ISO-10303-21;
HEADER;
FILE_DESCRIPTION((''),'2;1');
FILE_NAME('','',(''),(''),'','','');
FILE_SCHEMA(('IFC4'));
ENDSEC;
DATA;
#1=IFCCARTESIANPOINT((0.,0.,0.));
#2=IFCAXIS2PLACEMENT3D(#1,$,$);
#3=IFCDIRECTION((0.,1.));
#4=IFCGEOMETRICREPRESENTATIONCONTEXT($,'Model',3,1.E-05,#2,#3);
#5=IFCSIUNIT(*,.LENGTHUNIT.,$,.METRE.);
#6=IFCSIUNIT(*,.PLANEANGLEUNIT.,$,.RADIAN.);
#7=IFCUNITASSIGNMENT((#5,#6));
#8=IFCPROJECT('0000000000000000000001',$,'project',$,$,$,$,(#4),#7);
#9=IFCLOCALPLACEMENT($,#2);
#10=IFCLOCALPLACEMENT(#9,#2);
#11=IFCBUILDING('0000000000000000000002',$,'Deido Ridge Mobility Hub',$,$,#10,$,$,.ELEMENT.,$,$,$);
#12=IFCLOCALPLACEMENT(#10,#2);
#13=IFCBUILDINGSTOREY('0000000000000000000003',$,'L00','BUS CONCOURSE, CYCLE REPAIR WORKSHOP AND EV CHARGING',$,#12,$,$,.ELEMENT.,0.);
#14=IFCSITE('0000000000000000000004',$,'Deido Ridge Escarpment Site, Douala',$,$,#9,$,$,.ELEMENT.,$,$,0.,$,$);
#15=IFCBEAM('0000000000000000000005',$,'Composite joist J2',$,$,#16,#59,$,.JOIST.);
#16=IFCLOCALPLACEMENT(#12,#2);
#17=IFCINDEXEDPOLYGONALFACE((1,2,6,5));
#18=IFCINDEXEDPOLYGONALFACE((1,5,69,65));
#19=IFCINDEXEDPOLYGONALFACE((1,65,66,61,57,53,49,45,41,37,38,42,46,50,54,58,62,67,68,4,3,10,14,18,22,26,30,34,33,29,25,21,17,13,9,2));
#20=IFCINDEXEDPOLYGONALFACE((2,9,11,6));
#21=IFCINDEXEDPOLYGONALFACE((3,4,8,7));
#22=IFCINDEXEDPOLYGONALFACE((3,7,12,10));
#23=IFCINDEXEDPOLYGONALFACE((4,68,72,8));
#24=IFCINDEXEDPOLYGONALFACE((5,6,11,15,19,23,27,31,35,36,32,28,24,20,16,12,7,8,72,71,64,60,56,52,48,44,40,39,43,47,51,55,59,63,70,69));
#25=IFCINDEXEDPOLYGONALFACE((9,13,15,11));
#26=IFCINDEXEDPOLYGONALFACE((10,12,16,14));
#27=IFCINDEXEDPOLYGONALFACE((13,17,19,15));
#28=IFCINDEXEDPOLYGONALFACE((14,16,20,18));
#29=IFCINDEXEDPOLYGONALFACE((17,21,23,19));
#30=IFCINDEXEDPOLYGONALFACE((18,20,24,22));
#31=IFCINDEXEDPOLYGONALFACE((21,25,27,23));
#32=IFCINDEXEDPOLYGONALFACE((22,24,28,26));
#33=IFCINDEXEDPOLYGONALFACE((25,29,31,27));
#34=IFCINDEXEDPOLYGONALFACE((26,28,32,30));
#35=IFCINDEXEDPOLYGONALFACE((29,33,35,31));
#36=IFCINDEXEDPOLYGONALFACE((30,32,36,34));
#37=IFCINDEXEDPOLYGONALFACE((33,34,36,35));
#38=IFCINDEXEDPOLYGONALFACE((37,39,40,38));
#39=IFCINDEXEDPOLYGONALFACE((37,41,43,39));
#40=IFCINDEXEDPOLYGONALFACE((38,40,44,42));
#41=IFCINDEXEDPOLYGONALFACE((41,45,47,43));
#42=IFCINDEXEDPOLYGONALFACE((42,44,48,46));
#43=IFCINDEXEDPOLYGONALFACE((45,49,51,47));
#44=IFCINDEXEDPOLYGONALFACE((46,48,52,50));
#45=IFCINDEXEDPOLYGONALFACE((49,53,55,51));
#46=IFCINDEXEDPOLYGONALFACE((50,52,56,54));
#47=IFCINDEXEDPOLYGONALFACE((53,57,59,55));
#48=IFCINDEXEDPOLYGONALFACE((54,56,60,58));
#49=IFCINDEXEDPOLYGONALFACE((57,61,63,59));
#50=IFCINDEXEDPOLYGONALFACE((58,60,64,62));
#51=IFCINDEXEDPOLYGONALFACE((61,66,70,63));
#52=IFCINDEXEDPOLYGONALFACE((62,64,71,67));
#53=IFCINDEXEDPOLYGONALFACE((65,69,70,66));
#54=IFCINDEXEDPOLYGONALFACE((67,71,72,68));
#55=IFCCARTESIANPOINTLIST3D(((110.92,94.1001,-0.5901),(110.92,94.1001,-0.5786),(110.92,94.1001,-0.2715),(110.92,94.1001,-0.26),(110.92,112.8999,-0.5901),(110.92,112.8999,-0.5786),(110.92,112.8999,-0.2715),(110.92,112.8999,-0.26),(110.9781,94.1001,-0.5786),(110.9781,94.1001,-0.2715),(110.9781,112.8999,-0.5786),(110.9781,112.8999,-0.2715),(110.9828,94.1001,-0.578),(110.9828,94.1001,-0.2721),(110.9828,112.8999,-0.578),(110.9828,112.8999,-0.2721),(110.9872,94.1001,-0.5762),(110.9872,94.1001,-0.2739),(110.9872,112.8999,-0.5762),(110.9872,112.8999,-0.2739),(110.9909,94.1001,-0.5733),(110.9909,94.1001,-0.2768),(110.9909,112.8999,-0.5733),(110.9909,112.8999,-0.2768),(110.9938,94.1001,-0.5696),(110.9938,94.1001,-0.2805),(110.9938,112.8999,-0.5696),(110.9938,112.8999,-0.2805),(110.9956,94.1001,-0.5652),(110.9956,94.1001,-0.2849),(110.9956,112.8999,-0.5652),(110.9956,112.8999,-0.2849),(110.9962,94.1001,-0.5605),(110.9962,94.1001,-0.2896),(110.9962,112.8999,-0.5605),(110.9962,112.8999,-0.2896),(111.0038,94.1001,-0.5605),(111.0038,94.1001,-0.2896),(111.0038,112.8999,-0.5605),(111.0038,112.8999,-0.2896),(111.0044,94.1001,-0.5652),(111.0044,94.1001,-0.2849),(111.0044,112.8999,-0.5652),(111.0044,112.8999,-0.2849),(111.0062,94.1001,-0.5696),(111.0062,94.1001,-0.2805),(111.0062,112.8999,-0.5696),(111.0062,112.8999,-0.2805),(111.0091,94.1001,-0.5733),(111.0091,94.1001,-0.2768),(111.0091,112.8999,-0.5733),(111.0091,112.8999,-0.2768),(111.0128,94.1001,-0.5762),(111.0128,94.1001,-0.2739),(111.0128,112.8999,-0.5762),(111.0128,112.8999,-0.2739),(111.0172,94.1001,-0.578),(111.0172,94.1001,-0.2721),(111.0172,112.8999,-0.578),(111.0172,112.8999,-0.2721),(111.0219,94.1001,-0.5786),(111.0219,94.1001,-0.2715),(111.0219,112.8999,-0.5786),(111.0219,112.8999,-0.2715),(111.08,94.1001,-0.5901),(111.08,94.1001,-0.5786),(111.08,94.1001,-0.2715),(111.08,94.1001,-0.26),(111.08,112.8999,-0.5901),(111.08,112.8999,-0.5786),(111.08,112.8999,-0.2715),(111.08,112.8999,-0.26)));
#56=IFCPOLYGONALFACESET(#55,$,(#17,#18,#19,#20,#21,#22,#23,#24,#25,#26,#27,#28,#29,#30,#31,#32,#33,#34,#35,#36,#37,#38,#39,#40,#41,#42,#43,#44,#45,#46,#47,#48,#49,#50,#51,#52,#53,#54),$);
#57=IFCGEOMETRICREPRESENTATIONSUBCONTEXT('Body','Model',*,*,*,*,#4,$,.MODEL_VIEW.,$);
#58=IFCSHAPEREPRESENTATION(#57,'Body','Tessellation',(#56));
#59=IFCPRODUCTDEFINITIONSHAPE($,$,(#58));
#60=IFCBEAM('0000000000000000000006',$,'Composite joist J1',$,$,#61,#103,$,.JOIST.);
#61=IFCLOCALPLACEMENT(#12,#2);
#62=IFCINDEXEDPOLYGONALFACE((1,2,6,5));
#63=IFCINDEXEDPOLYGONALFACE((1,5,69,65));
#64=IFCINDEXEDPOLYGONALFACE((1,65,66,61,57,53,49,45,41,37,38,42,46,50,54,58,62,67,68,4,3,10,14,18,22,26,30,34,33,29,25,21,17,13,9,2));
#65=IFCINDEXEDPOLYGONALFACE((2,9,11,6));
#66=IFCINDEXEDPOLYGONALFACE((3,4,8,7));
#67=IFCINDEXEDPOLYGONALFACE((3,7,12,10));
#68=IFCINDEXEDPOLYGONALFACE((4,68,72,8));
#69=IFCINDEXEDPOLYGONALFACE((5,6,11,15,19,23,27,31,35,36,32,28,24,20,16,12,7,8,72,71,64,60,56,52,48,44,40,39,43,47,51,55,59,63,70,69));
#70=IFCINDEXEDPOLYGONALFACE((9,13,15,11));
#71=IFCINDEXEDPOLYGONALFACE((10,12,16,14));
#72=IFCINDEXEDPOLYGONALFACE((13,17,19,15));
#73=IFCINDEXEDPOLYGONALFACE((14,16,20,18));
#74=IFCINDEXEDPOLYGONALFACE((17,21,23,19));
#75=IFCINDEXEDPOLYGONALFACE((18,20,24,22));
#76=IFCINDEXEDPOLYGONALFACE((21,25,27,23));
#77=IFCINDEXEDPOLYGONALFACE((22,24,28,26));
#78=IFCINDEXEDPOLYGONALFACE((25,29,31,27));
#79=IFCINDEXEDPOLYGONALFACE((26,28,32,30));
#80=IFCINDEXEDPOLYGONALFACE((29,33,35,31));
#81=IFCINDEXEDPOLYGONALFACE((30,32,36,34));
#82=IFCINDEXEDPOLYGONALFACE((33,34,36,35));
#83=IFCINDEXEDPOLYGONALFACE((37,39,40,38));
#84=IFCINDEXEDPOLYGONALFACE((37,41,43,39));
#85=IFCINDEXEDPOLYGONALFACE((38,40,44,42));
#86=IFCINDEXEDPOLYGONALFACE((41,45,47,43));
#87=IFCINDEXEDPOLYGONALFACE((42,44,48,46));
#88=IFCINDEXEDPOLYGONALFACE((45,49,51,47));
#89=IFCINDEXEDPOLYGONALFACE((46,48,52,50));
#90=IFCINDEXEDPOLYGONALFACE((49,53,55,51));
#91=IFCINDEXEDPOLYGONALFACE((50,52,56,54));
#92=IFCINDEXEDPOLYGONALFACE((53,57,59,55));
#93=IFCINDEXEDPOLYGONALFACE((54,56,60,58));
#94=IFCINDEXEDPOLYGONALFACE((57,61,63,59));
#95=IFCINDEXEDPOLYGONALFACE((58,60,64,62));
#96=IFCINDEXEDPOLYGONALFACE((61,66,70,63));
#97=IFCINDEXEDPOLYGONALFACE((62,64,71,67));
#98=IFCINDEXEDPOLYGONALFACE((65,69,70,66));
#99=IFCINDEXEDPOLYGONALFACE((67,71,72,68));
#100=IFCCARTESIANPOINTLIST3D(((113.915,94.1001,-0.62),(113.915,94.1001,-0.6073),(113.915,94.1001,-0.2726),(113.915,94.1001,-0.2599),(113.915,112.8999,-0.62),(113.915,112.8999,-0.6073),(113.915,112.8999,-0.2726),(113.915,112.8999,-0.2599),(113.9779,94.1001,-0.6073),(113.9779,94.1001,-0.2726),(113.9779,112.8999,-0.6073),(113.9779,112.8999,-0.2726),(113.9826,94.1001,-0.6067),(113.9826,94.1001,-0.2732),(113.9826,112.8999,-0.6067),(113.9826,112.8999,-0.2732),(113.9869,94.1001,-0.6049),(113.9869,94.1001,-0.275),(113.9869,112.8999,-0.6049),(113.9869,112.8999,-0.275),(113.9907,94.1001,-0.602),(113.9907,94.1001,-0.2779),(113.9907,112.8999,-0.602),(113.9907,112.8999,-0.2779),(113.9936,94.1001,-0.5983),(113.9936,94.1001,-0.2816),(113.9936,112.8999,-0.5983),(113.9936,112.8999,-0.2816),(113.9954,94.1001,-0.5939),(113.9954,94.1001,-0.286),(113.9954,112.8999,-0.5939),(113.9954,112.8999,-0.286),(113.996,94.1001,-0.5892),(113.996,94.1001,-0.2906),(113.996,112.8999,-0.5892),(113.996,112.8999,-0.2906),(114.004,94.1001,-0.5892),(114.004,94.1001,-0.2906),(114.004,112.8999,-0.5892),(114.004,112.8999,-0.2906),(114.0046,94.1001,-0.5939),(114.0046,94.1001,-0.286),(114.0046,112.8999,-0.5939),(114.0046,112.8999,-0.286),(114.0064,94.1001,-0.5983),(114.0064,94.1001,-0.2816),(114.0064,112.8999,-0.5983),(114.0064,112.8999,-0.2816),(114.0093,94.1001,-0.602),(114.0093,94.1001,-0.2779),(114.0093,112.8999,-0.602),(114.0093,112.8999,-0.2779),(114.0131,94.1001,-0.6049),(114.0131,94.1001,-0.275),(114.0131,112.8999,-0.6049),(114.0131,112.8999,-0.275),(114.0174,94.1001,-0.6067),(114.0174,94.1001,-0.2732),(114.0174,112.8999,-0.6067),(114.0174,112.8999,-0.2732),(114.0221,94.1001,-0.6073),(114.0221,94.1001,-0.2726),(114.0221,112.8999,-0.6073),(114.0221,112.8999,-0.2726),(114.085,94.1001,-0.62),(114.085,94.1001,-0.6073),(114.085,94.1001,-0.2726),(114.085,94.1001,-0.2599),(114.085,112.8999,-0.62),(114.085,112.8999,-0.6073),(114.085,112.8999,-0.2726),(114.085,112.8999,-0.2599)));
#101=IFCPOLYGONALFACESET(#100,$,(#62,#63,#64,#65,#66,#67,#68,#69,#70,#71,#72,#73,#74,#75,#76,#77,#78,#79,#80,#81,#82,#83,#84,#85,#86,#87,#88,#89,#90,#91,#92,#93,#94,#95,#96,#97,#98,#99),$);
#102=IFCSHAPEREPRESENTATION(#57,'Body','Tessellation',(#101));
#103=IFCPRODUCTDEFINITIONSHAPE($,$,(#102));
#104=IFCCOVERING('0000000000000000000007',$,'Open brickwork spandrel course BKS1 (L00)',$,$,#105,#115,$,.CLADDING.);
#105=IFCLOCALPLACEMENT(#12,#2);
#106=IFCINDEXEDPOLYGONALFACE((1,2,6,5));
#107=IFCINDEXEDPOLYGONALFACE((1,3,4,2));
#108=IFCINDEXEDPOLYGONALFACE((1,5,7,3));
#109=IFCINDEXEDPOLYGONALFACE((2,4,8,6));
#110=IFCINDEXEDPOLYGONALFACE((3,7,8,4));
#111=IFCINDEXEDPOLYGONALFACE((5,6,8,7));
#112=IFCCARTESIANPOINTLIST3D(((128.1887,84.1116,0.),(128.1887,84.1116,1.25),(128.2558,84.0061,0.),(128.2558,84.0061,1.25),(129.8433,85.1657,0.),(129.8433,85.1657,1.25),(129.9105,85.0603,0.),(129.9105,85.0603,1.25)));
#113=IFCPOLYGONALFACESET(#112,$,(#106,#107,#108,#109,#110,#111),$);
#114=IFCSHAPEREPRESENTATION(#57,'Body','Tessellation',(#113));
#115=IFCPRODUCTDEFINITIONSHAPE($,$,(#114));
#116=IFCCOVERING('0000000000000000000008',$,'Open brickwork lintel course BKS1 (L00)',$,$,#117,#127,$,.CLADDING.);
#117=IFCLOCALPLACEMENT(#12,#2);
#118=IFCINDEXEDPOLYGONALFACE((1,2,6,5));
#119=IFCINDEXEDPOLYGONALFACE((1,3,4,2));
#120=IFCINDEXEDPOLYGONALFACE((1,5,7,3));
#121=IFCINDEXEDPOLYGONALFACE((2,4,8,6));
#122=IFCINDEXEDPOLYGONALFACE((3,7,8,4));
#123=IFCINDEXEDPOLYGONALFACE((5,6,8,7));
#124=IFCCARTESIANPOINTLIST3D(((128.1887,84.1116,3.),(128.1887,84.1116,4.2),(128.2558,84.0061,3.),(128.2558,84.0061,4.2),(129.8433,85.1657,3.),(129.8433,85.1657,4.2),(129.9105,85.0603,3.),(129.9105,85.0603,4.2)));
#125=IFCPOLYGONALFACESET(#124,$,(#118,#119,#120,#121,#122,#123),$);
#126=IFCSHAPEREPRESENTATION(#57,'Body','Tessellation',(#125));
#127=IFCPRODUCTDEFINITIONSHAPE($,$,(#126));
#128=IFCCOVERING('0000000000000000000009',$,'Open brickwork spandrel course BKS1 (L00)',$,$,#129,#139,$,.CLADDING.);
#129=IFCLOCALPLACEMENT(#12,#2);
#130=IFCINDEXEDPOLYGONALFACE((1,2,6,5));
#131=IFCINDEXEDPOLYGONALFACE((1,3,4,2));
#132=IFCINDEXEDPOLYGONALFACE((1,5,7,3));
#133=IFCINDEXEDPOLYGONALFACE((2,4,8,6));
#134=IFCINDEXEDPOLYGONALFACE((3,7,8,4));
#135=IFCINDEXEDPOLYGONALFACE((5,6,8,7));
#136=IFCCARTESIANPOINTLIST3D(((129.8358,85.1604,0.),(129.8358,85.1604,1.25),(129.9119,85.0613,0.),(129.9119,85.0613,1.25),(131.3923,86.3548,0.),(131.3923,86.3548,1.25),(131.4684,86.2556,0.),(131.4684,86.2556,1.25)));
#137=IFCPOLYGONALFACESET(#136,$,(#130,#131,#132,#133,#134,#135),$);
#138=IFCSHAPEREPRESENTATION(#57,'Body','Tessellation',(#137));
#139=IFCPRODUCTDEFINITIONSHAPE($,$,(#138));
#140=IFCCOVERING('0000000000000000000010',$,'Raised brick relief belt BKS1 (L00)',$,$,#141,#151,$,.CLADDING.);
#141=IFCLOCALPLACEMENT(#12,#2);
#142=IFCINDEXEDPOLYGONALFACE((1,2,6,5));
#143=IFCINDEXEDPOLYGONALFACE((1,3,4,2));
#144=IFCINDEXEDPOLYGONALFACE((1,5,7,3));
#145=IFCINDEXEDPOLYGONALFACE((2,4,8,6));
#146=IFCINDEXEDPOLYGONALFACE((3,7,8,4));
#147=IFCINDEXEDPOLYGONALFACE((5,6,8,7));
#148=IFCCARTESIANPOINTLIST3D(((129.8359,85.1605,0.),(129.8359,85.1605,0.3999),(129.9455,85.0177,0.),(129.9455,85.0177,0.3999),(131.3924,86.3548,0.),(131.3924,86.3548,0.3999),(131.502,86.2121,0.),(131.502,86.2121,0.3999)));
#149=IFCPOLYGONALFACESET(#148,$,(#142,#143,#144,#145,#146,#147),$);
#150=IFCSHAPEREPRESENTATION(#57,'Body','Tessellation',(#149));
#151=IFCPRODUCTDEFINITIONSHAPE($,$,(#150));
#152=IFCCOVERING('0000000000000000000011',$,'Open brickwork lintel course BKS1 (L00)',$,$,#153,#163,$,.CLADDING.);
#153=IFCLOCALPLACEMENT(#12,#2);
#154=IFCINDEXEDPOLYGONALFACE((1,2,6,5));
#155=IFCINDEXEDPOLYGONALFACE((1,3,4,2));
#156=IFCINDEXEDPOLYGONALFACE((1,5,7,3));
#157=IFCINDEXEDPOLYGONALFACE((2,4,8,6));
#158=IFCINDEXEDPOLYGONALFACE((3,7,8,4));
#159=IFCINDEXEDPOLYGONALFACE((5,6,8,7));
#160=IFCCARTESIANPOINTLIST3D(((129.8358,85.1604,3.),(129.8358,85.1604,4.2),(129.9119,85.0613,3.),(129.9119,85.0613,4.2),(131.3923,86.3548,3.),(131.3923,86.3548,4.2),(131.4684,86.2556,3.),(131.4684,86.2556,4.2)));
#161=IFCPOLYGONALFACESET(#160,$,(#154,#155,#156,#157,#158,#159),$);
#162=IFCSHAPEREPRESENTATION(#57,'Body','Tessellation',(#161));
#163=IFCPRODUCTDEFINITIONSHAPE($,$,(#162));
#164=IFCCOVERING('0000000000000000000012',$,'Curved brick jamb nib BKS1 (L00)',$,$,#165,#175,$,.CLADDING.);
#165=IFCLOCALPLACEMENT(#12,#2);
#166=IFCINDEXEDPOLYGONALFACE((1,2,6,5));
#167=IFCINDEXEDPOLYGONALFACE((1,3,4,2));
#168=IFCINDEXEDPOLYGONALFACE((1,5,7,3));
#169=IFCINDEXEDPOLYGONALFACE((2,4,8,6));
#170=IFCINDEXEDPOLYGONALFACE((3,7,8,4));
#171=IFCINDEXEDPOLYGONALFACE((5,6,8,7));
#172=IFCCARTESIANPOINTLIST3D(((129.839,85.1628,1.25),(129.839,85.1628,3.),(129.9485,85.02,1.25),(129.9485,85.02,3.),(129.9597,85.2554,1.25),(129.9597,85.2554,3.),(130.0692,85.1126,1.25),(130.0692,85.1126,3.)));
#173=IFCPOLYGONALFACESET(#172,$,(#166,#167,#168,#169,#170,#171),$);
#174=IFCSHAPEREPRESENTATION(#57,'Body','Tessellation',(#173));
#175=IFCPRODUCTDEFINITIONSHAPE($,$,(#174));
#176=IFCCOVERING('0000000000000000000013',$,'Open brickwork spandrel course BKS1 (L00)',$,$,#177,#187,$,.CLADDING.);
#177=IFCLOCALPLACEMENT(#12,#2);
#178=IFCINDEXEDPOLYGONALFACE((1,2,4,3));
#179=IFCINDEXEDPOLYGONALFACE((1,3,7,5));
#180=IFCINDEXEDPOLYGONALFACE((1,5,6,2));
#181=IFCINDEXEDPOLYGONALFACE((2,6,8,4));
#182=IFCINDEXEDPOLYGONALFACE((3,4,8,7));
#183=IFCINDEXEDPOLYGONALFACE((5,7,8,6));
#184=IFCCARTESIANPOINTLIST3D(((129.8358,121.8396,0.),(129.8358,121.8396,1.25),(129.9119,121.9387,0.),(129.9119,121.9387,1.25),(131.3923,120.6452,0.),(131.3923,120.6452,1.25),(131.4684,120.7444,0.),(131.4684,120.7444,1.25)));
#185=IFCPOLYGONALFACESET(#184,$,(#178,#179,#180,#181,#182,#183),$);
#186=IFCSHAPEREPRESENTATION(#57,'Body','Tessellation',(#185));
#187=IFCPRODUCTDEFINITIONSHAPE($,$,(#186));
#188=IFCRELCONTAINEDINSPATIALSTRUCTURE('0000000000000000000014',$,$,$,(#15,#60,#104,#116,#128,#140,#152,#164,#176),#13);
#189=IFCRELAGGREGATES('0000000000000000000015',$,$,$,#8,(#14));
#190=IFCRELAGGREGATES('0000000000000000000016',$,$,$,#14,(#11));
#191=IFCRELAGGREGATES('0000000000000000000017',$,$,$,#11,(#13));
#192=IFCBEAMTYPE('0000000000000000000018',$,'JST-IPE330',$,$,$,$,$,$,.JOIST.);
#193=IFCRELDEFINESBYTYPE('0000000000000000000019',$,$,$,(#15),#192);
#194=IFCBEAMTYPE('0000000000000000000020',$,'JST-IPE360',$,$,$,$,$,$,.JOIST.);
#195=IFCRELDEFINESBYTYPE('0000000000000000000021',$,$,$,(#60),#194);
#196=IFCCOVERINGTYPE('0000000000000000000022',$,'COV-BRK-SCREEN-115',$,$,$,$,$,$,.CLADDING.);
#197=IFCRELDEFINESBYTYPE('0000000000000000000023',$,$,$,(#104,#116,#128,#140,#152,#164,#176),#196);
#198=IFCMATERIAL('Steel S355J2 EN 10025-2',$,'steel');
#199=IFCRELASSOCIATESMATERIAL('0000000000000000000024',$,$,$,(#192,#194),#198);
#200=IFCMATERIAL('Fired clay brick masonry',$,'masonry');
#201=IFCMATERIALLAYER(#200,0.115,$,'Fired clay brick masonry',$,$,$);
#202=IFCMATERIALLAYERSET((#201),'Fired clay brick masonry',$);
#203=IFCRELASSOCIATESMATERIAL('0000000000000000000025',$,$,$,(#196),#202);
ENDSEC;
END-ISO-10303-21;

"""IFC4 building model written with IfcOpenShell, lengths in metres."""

from ifc_helpers import new_model, si_unit, direction, frame, origin, origin_2d, place, context, subcontext, project, spatial, rectangle, i_section, extrude, material, layer, layer_set, material_profile, profile_set, type_object, element, save


model = new_model("IFC4")

# Units and contexts
model_context = context("Model", 3, precision=1e-05, world=origin(), true_north=direction((0.0, 1.0)))
body_context = subcontext(model_context, "Body", "Model", "MODEL_VIEW")
ifc_project = project(units=[si_unit("LENGTHUNIT", "METRE"), si_unit("PLANEANGLEUNIT", "RADIAN")], contexts=[model_context])

# Site, building, storey
site_placement = place(None, origin())
site = spatial("IfcSite", under=ifc_project, at=site_placement, Name="Deido Ridge Escarpment Site, Douala", CompositionType="ELEMENT", RefElevation=0.0)
building_placement = place(site_placement, origin())
building = spatial("IfcBuilding", under=site, at=building_placement, Name="Deido Ridge Mobility Hub", CompositionType="ELEMENT")
storey_placement = place(building_placement, origin())
storey = spatial("IfcBuildingStorey", under=building, at=storey_placement, Name="L00", Description="BUS CONCOURSE, CYCLE REPAIR WORKSHOP AND EV CHARGING", CompositionType="ELEMENT", Elevation=0.0)

# Shared definitions
ifc_material_1 = material(Name="Steel S355J2 EN 10025-2", Category="steel")

# Beams
ifc_material_profile_1 = material_profile(ifc_material_1, i_section(OverallWidth=0.1599, OverallDepth=0.3301, WebThickness=0.0076, FlangeThickness=0.0115, FilletRadius=0.0181, at=origin_2d()), Name="IPE 330")
ifc_profile_set_1 = profile_set([ifc_material_profile_1], Name="Steel S355J2 EN 10025-2")
beam_type_1 = type_object("IfcBeamType", Name="JST-IPE330", PredefinedType="JOIST", material=ifc_profile_set_1)
beam_1_placement = place(storey_placement, frame((111.0, 94.1001, -0.425), z_axis=(0.0, 1.0, 0.0), x_axis=(-1.0, 0.0, 0.0)))
element("IfcBeam", 1, at=beam_1_placement, inside=storey, type_object=beam_type_1, Name="Composite joist J2", PredefinedType="JOIST", context=body_context, shape_type="SweptSolid", body=[
    extrude(i_section(OverallWidth=0.1599, OverallDepth=0.3301, WebThickness=0.0076, FlangeThickness=0.0115, FilletRadius=0.0181, at=origin_2d()), origin(), (0.0, 0.0, 1.0), 18.7998),
])
ifc_material_profile_2 = material_profile(ifc_material_1, i_section(OverallWidth=0.1699, OverallDepth=0.3601, WebThickness=0.0081, FlangeThickness=0.0127, FilletRadius=0.0181, at=origin_2d()), Name="IPE 360")
ifc_profile_set_2 = profile_set([ifc_material_profile_2], Name="Steel S355J2 EN 10025-2")
beam_type_2 = type_object("IfcBeamType", Name="JST-IPE360", PredefinedType="JOIST", material=ifc_profile_set_2)
beam_2_placement = place(storey_placement, frame((114.0, 94.1001, -0.4399), z_axis=(0.0, 1.0, 0.0), x_axis=(-1.0, 0.0, 0.0)))
element("IfcBeam", 2, at=beam_2_placement, inside=storey, type_object=beam_type_2, Name="Composite joist J1", PredefinedType="JOIST", context=body_context, shape_type="SweptSolid", body=[
    extrude(i_section(OverallWidth=0.1699, OverallDepth=0.3601, WebThickness=0.0081, FlangeThickness=0.0127, FilletRadius=0.0181, at=origin_2d()), origin(), (0.0, 0.0, 1.0), 18.7998),
])

# Coverings
ifc_material_2 = material(Name="Fired clay brick masonry", Category="masonry")
ifc_layer = layer(ifc_material_2, 0.115, Name="Fired clay brick masonry")
ifc_layer_set = layer_set([ifc_layer], Name="Fired clay brick masonry")
covering_type = type_object("IfcCoveringType", Name="COV-BRK-SCREEN-115", PredefinedType="CLADDING", material=ifc_layer_set)
covering_1_placement = place(storey_placement, frame((129.0496, 84.5859, 0.0), z_axis=(0.0, 0.0, 1.0), x_axis=(0.843382, 0.537314, 0.0)))
element("IfcCovering", 3, at=covering_1_placement, inside=storey, type_object=covering_type, Name="Open brickwork spandrel course BKS1 (L00)", PredefinedType="CLADDING", context=body_context, shape_type="SweptSolid", body=[
    extrude(rectangle(XDim=1.9619, YDim=0.125, at=origin_2d()), origin(), (0.0, 0.0, 1.0), 1.25),
])
covering_2_placement = place(storey_placement, frame((129.0496, 84.5859, 3.0), z_axis=(0.0, 0.0, 1.0), x_axis=(0.843382, 0.537314, 0.0)))
element("IfcCovering", 4, at=covering_2_placement, inside=storey, type_object=covering_type, Name="Open brickwork lintel course BKS1 (L00)", PredefinedType="CLADDING", context=body_context, shape_type="SweptSolid", body=[
    extrude(rectangle(XDim=1.9619, YDim=0.125, at=origin_2d()), origin(), (0.0, 0.0, 1.0), 1.2),
])
covering_3_placement = place(storey_placement, frame((130.6521, 85.708, 0.0), z_axis=(0.0, 0.0, 1.0), x_axis=(0.793353, 0.608761, 0.0)))
element("IfcCovering", 5, at=covering_3_placement, inside=storey, type_object=covering_type, Name="Open brickwork spandrel course BKS1 (L00)", PredefinedType="CLADDING", context=body_context, shape_type="SweptSolid", body=[
    extrude(rectangle(XDim=1.9619, YDim=0.125, at=origin_2d()), origin(), (0.0, 0.0, 1.0), 1.25),
])
covering_4_placement = place(storey_placement, frame((130.6689, 85.6863, 0.0), z_axis=(0.0, 0.0, 1.0), x_axis=(0.793353, 0.608761, 0.0)))
element("IfcCovering", 6, at=covering_4_placement, inside=storey, type_object=covering_type, Name="Raised brick relief belt BKS1 (L00)", PredefinedType="CLADDING", context=body_context, shape_type="SweptSolid", body=[
    extrude(rectangle(XDim=1.9619, YDim=0.1799, at=origin_2d()), origin(), (0.0, 0.0, 1.0), 0.3999),
])
covering_5_placement = place(storey_placement, frame((130.6521, 85.708, 3.0), z_axis=(0.0, 0.0, 1.0), x_axis=(0.793353, 0.608761, 0.0)))
element("IfcCovering", 7, at=covering_5_placement, inside=storey, type_object=covering_type, Name="Open brickwork lintel course BKS1 (L00)", PredefinedType="CLADDING", context=body_context, shape_type="SweptSolid", body=[
    extrude(rectangle(XDim=1.9619, YDim=0.125, at=origin_2d()), origin(), (0.0, 0.0, 1.0), 1.2),
])
covering_6_placement = place(storey_placement, frame((129.9541, 85.1377, 1.25), z_axis=(0.0, 0.0, 1.0), x_axis=(0.793353, 0.608761, 0.0)))
element("IfcCovering", 8, at=covering_6_placement, inside=storey, type_object=covering_type, Name="Curved brick jamb nib BKS1 (L00)", PredefinedType="CLADDING", context=body_context, shape_type="SweptSolid", body=[
    extrude(rectangle(XDim=0.1521, YDim=0.1799, at=origin_2d()), origin(), (0.0, 0.0, 1.0), 1.75),
])
covering_7_placement = place(storey_placement, frame((130.6521, 121.292, 0.0), z_axis=(0.0, 0.0, 1.0), x_axis=(-0.793353, 0.608761, 0.0)))
element("IfcCovering", 9, at=covering_7_placement, inside=storey, type_object=covering_type, Name="Open brickwork spandrel course BKS1 (L00)", PredefinedType="CLADDING", context=body_context, shape_type="SweptSolid", body=[
    extrude(rectangle(XDim=1.9619, YDim=0.125, at=origin_2d()), origin(), (0.0, 0.0, 1.0), 1.25),
])

save(model, "model.ifc")
